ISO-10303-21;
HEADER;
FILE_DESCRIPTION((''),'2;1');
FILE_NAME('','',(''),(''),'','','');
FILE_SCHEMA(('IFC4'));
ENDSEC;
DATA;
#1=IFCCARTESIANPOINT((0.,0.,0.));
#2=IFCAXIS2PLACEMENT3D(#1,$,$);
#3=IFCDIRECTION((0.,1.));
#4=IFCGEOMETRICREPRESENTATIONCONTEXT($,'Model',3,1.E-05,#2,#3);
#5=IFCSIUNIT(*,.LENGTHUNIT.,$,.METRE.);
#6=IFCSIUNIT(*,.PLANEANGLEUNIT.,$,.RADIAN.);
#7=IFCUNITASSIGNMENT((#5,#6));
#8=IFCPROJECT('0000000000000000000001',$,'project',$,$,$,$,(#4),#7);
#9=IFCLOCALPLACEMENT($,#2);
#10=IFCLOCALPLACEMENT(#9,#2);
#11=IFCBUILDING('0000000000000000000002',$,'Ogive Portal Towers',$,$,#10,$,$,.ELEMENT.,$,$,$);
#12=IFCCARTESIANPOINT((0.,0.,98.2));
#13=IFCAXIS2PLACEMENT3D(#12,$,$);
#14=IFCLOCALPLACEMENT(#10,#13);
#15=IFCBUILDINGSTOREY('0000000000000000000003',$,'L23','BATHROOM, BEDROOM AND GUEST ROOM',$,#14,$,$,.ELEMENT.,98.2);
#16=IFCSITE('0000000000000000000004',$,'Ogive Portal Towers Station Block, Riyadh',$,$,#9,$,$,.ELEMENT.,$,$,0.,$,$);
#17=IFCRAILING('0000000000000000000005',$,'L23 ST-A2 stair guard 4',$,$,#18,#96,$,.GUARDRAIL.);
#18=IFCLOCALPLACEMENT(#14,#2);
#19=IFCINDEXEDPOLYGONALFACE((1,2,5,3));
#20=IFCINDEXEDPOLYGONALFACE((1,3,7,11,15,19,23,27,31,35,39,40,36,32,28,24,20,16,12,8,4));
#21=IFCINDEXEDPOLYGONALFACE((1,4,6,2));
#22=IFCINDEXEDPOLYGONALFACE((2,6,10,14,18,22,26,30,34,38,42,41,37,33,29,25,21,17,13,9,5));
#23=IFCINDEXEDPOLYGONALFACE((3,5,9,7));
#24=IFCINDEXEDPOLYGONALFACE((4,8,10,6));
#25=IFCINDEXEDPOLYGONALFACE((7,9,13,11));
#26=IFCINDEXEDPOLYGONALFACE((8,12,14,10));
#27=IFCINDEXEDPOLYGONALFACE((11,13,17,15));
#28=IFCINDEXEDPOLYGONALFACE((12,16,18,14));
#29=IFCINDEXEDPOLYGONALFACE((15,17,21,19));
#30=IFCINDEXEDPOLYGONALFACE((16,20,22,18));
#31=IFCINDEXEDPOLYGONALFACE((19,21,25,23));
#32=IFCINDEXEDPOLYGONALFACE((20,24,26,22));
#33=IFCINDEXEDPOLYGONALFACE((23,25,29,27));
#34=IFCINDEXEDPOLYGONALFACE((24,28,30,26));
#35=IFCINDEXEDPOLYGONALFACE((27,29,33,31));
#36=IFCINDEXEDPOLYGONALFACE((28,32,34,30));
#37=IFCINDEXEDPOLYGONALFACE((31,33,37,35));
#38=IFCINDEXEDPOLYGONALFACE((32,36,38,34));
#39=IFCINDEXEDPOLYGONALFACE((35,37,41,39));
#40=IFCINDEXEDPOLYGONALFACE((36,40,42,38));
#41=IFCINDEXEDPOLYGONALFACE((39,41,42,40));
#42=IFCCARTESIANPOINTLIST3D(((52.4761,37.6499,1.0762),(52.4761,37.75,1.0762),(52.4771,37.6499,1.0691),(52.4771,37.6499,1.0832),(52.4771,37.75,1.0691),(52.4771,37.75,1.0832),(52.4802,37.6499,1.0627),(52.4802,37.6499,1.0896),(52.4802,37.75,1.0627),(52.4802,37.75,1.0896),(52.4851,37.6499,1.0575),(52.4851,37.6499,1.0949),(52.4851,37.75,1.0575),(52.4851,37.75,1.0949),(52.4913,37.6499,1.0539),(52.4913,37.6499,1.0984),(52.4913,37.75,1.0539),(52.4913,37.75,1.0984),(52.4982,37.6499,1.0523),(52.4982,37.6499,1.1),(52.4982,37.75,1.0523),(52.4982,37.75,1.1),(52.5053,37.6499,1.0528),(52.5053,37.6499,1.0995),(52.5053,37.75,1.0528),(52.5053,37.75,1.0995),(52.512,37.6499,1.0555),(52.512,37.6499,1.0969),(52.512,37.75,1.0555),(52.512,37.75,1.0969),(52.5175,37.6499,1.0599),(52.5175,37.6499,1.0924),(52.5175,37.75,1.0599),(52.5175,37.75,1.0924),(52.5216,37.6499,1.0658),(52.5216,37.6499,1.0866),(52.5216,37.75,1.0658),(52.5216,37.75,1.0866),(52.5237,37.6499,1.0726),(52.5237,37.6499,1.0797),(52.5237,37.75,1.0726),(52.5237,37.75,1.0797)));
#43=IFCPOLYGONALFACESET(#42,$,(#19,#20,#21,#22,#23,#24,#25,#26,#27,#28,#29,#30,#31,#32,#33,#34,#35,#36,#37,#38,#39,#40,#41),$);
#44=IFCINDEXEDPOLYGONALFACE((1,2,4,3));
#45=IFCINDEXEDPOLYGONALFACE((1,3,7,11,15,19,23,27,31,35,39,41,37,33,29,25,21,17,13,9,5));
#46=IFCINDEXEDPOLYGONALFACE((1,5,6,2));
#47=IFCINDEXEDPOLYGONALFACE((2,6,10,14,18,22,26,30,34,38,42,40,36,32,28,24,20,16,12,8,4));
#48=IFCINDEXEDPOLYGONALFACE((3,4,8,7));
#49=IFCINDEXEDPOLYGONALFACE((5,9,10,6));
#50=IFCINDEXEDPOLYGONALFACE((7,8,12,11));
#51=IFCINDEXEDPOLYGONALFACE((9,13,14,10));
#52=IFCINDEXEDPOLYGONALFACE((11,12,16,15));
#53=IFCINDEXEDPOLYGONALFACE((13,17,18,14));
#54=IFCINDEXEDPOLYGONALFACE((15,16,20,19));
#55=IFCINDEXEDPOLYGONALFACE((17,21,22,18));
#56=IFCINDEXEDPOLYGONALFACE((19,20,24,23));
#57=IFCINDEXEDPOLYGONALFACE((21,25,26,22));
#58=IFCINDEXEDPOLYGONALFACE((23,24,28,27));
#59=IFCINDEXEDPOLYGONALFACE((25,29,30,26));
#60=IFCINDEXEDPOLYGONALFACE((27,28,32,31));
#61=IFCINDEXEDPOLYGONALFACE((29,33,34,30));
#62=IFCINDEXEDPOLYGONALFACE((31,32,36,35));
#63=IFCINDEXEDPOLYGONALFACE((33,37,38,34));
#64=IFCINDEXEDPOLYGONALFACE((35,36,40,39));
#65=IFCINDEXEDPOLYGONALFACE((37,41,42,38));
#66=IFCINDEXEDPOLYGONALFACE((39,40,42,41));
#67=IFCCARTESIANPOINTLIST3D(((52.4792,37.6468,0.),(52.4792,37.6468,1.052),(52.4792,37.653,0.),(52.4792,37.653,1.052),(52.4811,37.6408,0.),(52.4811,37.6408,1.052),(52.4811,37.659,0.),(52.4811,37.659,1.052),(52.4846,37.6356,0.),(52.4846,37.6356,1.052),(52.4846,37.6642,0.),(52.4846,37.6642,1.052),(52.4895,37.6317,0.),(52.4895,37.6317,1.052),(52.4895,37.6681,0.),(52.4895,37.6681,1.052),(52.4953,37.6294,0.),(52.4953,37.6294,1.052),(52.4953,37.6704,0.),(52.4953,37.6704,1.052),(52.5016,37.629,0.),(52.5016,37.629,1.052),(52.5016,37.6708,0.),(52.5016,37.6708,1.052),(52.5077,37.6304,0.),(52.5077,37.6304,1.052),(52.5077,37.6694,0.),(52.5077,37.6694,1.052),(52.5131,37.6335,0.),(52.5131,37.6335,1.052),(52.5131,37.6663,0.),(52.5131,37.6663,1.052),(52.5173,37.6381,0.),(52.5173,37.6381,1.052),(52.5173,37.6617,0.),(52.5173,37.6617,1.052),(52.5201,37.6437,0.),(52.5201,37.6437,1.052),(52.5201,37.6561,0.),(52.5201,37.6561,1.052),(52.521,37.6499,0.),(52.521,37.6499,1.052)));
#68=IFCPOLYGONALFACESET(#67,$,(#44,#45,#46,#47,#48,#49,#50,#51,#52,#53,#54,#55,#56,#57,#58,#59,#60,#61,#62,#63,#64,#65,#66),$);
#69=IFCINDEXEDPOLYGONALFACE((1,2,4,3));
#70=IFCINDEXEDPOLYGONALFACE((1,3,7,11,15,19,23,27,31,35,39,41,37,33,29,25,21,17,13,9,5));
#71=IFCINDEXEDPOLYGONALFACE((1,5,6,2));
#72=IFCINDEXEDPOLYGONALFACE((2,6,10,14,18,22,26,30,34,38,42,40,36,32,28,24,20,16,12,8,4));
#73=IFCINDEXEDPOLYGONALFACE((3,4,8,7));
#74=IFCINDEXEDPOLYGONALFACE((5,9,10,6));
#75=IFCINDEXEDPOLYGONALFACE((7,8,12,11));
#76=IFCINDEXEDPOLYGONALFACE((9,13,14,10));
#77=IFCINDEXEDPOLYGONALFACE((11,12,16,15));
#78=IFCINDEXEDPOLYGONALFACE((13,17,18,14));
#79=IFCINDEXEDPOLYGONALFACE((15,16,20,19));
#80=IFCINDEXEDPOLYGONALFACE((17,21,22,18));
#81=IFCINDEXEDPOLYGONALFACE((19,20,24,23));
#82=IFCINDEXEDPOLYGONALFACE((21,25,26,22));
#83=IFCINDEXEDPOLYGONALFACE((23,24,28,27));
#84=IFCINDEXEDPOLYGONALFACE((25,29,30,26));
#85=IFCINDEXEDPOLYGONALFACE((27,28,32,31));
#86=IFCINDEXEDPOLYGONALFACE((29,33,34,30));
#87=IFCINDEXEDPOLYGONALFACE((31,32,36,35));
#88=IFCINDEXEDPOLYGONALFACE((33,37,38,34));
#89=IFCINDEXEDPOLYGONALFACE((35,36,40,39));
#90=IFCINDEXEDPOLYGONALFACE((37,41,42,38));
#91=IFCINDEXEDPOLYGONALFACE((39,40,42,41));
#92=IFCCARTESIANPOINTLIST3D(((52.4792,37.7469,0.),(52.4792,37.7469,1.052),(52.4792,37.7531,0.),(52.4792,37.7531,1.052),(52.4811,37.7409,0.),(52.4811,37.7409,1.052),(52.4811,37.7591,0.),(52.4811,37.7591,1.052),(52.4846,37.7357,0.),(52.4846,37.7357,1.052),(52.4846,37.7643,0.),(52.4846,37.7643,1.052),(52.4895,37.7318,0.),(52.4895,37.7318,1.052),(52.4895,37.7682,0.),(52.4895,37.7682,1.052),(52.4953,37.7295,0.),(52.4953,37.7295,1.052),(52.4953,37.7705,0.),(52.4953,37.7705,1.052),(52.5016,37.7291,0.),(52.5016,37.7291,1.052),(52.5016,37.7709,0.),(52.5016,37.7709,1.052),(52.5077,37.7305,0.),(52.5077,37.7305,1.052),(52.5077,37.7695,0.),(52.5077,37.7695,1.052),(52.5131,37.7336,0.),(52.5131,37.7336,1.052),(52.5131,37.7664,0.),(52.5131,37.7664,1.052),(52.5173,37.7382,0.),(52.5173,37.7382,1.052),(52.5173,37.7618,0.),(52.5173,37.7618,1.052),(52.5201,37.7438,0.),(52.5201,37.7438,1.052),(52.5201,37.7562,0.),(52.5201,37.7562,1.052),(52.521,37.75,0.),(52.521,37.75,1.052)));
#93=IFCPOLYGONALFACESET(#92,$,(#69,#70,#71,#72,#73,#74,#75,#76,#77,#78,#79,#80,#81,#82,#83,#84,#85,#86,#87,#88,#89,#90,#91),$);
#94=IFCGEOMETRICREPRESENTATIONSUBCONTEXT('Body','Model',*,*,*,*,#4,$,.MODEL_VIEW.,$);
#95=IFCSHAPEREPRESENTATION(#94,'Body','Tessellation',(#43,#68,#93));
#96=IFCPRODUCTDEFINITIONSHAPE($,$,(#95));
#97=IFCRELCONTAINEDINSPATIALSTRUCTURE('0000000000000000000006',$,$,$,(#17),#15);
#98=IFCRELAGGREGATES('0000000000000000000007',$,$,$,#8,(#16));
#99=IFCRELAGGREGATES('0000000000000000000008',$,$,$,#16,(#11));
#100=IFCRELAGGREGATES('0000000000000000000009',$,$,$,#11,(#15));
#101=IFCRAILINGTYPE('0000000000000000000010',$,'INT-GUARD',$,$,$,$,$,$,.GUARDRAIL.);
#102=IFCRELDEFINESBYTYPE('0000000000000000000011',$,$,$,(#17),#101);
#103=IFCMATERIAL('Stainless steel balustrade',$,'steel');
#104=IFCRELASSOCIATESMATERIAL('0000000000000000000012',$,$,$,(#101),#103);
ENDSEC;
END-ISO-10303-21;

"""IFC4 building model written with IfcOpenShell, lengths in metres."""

from ifc_helpers import new_model, si_unit, direction, frame, origin, origin_2d, place, context, subcontext, project, spatial, circle, extrude, material, type_object, element, save


model = new_model("IFC4")

# Units and contexts
model_context = context("Model", 3, precision=1e-05, world=origin(), true_north=direction((0.0, 1.0)))
body_context = subcontext(model_context, "Body", "Model", "MODEL_VIEW")
ifc_project = project(units=[si_unit("LENGTHUNIT", "METRE"), si_unit("PLANEANGLEUNIT", "RADIAN")], contexts=[model_context])

# Site, building, storey
site_placement = place(None, origin())
site = spatial("IfcSite", under=ifc_project, at=site_placement, Name="Ogive Portal Towers Station Block, Riyadh", CompositionType="ELEMENT", RefElevation=0.0)
building_placement = place(site_placement, origin())
building = spatial("IfcBuilding", under=site, at=building_placement, Name="Ogive Portal Towers", CompositionType="ELEMENT")
storey_placement = place(building_placement, frame((0.0, 0.0, 98.2)))
storey = spatial("IfcBuildingStorey", under=building, at=storey_placement, Name="L23", Description="BATHROOM, BEDROOM AND GUEST ROOM", CompositionType="ELEMENT", Elevation=98.2)

# Railing
ifc_material_1 = material(Name="Stainless steel balustrade", Category="steel")
railing_type_1 = type_object("IfcRailingType", Name="INT-GUARD", PredefinedType="GUARDRAIL", material=ifc_material_1)
railing_1_placement = place(storey_placement, frame((52.5, 37.6499, 0.0)))
element("IfcRailing", 1, at=railing_1_placement, inside=storey, type_object=railing_type_1, Name="L23 ST-A2 stair guard 4", PredefinedType="GUARDRAIL", context=body_context, shape_type="SweptSolid", body=[
    extrude(circle(Radius=0.0239, at=origin_2d()), frame((0.0, 0.0, 1.0762), z_axis=(0.0, 1.0, 0.0), x_axis=(-1.0, 0.0, 0.0)), (0.0, 0.0, 1.0), 0.1001),
    extrude(circle(Radius=0.021, at=origin_2d()), origin(), (0.0, 0.0, 1.0), 1.052),
    extrude(circle(Radius=0.021, at=origin_2d()), frame((0.0, 0.1001, 0.0)), (0.0, 0.0, 1.0), 1.052),
])

save(model, "model.ifc")
